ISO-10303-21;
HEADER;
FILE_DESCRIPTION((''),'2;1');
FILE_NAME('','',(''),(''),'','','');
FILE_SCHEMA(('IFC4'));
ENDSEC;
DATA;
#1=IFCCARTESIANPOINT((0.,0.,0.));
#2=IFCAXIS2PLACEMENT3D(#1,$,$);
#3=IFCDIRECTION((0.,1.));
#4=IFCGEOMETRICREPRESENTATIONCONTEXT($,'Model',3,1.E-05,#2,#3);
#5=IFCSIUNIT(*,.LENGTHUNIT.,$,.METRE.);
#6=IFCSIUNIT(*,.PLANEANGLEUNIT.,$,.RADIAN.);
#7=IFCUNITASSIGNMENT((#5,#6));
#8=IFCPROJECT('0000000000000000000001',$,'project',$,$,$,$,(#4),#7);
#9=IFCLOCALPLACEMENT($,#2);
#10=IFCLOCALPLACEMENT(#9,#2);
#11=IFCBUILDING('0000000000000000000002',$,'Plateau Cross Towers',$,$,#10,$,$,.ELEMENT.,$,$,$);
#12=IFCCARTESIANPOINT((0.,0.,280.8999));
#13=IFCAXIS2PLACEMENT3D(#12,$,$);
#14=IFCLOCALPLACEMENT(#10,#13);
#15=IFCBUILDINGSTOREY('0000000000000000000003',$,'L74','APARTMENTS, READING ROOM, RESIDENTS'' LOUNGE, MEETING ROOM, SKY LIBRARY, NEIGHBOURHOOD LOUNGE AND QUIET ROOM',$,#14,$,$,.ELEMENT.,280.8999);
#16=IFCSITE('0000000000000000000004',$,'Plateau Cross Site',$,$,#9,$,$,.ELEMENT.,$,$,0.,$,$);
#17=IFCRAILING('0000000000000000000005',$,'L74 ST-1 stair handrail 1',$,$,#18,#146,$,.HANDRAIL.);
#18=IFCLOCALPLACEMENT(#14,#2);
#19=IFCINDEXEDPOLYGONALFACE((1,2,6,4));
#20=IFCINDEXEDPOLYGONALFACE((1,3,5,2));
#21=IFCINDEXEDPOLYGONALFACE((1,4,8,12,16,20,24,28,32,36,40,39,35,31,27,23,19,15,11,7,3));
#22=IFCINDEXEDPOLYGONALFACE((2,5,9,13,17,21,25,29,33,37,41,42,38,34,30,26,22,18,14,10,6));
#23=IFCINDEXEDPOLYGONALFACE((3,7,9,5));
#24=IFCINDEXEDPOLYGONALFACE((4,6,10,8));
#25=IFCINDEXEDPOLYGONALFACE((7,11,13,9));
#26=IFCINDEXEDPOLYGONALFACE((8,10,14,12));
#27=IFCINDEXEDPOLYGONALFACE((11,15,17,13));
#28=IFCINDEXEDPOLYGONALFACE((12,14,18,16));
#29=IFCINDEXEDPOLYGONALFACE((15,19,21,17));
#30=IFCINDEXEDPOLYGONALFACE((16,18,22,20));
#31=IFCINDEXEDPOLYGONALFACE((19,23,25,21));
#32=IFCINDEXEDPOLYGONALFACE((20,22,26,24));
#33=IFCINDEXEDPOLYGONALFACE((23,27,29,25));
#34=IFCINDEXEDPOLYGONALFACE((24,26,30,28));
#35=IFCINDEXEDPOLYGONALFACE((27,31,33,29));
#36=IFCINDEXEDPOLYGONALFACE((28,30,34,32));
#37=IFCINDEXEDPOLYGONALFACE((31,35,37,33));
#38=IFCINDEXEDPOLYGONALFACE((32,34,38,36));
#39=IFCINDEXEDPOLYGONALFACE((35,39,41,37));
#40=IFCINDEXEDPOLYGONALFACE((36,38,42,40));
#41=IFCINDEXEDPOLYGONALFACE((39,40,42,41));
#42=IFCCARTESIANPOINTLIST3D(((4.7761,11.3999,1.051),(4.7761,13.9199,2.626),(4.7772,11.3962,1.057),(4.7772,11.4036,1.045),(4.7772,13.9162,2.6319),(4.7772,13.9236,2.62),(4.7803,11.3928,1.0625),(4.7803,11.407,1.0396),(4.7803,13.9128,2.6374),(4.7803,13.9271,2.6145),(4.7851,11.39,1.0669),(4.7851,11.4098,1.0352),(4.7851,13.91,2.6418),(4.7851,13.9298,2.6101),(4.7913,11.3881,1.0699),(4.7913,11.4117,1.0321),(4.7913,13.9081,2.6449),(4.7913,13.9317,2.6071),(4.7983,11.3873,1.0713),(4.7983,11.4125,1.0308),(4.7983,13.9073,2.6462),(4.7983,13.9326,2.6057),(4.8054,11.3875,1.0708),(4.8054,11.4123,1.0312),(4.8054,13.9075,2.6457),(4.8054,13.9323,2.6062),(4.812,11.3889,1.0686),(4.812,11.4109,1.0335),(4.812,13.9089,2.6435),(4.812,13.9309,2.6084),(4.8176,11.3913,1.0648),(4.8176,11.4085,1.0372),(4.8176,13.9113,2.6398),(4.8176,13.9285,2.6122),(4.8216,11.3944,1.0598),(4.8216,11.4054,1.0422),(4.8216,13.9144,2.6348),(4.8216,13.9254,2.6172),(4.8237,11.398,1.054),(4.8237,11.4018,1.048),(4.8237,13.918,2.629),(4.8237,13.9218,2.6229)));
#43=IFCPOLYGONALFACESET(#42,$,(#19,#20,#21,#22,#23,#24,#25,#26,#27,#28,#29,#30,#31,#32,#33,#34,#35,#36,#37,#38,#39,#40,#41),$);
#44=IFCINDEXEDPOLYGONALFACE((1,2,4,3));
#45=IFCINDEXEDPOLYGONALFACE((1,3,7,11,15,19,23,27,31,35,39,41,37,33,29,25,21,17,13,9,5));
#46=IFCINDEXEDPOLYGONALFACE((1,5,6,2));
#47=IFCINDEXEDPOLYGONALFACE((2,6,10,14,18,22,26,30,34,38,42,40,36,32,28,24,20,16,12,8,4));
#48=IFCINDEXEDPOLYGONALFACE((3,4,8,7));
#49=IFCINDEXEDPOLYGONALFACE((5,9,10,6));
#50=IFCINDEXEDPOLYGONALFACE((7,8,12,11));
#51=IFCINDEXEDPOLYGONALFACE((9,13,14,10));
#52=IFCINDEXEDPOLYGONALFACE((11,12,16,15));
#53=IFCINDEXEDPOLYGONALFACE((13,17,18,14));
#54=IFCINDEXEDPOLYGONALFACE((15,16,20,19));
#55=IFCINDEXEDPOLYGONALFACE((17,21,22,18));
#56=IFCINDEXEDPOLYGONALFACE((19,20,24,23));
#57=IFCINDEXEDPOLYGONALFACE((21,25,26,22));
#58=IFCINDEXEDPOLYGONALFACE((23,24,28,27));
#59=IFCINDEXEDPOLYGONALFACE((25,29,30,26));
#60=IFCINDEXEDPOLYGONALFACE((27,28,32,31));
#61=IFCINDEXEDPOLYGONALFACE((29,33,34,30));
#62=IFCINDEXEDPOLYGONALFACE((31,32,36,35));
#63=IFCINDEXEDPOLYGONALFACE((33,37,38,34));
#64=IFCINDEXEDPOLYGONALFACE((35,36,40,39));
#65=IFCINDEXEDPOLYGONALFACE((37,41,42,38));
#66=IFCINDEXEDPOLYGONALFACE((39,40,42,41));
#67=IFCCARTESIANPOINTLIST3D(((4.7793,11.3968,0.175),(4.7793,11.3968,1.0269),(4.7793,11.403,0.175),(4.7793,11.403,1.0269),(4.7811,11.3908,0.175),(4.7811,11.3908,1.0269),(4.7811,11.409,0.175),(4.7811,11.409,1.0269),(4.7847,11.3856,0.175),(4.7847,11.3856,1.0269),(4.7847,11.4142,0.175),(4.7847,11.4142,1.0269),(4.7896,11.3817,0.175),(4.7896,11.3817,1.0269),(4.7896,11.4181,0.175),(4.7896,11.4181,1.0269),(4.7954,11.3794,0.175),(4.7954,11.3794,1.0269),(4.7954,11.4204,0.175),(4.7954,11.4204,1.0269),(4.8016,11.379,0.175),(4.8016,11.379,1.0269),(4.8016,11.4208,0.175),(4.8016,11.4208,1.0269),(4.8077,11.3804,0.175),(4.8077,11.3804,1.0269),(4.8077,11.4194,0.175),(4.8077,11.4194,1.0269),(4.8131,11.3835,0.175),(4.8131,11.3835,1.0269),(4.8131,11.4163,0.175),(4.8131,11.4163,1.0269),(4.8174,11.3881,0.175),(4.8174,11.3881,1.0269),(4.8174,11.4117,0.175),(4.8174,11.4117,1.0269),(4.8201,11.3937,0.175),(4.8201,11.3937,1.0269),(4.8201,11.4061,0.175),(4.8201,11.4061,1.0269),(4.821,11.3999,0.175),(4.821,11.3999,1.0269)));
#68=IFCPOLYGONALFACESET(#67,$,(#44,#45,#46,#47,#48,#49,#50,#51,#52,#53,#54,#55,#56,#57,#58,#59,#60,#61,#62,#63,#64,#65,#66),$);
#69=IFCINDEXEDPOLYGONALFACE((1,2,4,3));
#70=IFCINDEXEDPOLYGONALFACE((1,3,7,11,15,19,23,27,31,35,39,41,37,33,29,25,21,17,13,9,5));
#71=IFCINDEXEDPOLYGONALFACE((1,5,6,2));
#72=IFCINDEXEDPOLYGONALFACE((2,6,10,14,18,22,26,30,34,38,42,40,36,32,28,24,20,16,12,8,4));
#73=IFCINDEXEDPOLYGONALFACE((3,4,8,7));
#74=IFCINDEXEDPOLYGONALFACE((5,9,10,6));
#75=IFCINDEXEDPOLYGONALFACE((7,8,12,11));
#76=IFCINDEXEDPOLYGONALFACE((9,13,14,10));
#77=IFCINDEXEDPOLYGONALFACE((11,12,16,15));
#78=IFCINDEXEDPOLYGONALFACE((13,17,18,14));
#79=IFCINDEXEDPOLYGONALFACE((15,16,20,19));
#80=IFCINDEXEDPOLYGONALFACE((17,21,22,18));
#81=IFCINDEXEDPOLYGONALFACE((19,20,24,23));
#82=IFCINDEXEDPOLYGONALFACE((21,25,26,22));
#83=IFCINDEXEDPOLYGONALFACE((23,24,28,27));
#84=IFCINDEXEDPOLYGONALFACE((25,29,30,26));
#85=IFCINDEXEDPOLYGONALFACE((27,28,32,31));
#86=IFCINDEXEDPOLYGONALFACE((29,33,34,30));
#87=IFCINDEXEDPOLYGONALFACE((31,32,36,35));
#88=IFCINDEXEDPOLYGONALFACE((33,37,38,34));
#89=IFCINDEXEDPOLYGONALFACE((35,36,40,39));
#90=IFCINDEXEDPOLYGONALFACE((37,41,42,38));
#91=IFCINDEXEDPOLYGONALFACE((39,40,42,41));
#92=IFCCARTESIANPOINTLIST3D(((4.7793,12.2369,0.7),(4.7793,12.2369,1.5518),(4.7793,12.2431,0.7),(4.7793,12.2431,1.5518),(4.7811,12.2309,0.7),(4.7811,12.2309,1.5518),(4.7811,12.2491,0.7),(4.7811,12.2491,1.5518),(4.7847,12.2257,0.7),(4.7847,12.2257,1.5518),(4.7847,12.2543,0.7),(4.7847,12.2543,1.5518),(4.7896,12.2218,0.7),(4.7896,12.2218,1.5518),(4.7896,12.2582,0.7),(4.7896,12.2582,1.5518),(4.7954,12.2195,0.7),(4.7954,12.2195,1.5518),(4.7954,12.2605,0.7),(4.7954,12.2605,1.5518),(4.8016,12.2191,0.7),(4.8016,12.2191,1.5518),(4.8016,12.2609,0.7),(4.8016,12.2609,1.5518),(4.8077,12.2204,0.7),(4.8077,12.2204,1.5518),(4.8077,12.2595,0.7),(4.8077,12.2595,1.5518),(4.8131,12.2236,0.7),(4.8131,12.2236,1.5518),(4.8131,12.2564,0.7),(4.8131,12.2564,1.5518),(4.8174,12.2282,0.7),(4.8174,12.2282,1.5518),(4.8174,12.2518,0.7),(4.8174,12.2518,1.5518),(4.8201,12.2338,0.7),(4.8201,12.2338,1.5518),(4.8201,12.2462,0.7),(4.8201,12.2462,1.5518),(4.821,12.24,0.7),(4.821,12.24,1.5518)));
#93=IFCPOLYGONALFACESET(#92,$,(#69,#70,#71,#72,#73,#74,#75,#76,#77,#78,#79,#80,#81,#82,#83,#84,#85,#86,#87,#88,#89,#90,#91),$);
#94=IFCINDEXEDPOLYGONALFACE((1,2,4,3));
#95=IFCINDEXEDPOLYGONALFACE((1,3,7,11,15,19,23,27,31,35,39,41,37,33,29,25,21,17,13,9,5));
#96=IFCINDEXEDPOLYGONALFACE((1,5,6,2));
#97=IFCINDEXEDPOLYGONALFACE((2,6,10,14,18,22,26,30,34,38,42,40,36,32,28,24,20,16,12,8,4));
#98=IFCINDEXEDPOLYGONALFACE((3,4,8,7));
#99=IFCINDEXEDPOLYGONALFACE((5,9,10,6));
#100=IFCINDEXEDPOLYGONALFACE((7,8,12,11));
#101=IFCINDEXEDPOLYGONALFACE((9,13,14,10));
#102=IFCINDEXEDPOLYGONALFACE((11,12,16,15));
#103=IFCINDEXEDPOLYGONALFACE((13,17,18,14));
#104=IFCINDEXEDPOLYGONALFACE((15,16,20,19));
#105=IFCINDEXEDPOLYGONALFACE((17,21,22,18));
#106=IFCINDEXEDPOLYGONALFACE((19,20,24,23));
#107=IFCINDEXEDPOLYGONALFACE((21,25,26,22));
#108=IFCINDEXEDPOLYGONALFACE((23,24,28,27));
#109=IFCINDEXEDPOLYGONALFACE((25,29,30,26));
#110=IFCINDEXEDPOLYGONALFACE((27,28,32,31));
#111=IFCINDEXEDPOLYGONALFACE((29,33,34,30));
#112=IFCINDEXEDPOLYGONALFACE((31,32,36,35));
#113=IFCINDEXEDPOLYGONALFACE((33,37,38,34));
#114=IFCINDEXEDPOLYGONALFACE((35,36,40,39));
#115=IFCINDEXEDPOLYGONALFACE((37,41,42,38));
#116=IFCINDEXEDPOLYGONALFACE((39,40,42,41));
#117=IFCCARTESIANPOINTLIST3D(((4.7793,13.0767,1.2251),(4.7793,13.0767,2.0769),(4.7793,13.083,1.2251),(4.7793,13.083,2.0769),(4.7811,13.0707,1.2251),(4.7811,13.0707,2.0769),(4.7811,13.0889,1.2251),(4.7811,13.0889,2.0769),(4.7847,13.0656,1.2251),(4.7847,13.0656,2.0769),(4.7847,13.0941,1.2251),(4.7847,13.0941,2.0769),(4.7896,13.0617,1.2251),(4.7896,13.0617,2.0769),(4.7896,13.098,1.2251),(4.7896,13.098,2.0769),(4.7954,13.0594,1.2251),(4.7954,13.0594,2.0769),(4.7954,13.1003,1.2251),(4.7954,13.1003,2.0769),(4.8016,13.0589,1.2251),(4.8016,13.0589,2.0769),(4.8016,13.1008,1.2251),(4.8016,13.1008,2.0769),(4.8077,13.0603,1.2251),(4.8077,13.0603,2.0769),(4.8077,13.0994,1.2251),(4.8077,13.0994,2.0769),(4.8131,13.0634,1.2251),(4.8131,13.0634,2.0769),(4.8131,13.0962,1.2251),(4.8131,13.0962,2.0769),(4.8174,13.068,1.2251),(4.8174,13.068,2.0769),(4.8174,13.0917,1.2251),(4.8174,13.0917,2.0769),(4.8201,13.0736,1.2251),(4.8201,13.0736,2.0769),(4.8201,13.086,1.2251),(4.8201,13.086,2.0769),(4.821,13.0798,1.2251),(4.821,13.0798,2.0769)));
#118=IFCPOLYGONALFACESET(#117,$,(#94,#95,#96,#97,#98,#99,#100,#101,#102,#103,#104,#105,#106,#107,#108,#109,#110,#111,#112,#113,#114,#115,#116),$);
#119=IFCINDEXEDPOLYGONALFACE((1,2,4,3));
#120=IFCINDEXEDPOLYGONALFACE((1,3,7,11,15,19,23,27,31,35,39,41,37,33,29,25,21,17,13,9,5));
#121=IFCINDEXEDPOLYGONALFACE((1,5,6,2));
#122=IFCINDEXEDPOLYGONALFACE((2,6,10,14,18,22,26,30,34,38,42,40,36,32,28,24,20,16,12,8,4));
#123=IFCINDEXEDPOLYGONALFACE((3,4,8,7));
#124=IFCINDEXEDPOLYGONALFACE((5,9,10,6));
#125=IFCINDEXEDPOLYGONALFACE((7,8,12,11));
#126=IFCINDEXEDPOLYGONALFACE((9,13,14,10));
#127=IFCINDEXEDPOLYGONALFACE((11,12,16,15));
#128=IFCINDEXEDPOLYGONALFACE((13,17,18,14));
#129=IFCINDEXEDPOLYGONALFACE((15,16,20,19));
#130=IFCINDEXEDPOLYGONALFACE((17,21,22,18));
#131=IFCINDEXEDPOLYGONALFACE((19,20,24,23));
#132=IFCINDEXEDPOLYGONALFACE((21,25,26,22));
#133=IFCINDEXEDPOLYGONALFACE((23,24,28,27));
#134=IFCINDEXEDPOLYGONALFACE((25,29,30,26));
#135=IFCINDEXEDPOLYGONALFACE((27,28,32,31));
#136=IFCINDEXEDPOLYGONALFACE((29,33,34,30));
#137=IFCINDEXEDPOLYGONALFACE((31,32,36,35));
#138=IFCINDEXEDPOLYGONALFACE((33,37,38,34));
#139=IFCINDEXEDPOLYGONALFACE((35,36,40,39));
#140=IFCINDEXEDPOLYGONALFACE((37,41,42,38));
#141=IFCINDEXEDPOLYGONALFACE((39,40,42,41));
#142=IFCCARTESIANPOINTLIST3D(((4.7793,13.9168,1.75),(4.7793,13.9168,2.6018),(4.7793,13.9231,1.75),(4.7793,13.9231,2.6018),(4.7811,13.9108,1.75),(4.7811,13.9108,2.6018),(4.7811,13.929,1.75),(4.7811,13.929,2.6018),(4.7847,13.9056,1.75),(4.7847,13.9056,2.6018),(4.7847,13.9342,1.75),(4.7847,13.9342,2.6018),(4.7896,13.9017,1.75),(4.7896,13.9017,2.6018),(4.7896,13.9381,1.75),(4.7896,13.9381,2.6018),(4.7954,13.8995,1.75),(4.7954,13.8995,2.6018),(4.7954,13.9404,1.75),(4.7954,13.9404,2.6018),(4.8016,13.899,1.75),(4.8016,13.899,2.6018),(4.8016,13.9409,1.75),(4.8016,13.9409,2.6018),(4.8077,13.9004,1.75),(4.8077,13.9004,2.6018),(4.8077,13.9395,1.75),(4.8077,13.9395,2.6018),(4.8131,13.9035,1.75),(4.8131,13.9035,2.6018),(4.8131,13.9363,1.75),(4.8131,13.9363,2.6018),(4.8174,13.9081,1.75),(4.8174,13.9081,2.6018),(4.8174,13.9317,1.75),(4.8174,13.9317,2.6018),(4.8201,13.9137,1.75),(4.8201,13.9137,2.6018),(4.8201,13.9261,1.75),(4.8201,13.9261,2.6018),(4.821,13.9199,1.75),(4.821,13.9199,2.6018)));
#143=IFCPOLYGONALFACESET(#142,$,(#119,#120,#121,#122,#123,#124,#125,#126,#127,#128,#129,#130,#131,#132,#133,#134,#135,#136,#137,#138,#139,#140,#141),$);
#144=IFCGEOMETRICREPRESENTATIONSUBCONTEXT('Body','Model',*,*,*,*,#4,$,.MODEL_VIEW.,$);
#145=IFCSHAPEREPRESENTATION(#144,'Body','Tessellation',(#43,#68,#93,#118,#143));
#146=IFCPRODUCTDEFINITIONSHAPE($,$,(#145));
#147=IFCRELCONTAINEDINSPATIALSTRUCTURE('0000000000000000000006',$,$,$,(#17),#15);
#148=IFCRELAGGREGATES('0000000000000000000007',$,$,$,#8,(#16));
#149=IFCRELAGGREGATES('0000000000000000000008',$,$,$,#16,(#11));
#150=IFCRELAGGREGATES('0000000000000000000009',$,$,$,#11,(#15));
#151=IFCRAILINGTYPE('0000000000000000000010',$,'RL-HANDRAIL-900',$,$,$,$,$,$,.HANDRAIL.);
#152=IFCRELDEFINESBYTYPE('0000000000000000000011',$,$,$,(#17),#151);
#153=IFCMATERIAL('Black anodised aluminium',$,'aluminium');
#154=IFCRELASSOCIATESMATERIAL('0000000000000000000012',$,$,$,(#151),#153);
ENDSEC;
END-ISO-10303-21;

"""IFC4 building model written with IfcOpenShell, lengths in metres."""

from ifc_helpers import new_model, si_unit, direction, frame, origin, origin_2d, place, context, subcontext, project, spatial, circle, extrude, material, type_object, element, save


model = new_model("IFC4")

# Units and contexts
model_context = context("Model", 3, precision=1e-05, world=origin(), true_north=direction((0.0, 1.0)))
body_context = subcontext(model_context, "Body", "Model", "MODEL_VIEW")
ifc_project = project(units=[si_unit("LENGTHUNIT", "METRE"), si_unit("PLANEANGLEUNIT", "RADIAN")], contexts=[model_context])

# Site, building, storey
site_placement = place(None, origin())
site = spatial("IfcSite", under=ifc_project, at=site_placement, Name="Plateau Cross Site", CompositionType="ELEMENT", RefElevation=0.0)
building_placement = place(site_placement, origin())
building = spatial("IfcBuilding", under=site, at=building_placement, Name="Plateau Cross Towers", CompositionType="ELEMENT")
storey_placement = place(building_placement, frame((0.0, 0.0, 280.8999)))
storey = spatial("IfcBuildingStorey", under=building, at=storey_placement, Name="L74", Description="APARTMENTS, READING ROOM, RESIDENTS' LOUNGE, MEETING ROOM, SKY LIBRARY, NEIGHBOURHOOD LOUNGE AND QUIET ROOM", CompositionType="ELEMENT", Elevation=280.8999)

# Shared definitions
ifc_material_1 = material(Name="Black anodised aluminium", Category="aluminium")

# Railing
railing_type_1 = type_object("IfcRailingType", Name="RL-HANDRAIL-900", PredefinedType="HANDRAIL", material=ifc_material_1)
railing_1_placement = place(storey_placement, frame((4.8, 11.3999, 0.175)))
element("IfcRailing", 1, at=railing_1_placement, inside=storey, type_object=railing_type_1, Name="L74 ST-1 stair handrail 1", PredefinedType="HANDRAIL", context=body_context, shape_type="SweptSolid", body=[
    extrude(circle(Radius=0.0239, at=origin_2d()), frame((0.0, 0.0, 0.876), z_axis=(0.0, 0.848008, 0.529984), x_axis=(-1.0, 0.0, 0.0)), (0.0, 0.0, 1.0), 2.9717),
    extrude(circle(Radius=0.021, at=origin_2d()), origin(), (0.0, 0.0, 1.0), 0.8518),
    extrude(circle(Radius=0.021, at=origin_2d()), frame((0.0, 0.8401, 0.5249)), (0.0, 0.0, 1.0), 0.8518),
    extrude(circle(Radius=0.021, at=origin_2d()), frame((0.0, 1.6799, 1.05)), (0.0, 0.0, 1.0), 0.8518),
    extrude(circle(Radius=0.021, at=origin_2d()), frame((0.0, 2.52, 1.575)), (0.0, 0.0, 1.0), 0.8518),
])

save(model, "model.ifc")
